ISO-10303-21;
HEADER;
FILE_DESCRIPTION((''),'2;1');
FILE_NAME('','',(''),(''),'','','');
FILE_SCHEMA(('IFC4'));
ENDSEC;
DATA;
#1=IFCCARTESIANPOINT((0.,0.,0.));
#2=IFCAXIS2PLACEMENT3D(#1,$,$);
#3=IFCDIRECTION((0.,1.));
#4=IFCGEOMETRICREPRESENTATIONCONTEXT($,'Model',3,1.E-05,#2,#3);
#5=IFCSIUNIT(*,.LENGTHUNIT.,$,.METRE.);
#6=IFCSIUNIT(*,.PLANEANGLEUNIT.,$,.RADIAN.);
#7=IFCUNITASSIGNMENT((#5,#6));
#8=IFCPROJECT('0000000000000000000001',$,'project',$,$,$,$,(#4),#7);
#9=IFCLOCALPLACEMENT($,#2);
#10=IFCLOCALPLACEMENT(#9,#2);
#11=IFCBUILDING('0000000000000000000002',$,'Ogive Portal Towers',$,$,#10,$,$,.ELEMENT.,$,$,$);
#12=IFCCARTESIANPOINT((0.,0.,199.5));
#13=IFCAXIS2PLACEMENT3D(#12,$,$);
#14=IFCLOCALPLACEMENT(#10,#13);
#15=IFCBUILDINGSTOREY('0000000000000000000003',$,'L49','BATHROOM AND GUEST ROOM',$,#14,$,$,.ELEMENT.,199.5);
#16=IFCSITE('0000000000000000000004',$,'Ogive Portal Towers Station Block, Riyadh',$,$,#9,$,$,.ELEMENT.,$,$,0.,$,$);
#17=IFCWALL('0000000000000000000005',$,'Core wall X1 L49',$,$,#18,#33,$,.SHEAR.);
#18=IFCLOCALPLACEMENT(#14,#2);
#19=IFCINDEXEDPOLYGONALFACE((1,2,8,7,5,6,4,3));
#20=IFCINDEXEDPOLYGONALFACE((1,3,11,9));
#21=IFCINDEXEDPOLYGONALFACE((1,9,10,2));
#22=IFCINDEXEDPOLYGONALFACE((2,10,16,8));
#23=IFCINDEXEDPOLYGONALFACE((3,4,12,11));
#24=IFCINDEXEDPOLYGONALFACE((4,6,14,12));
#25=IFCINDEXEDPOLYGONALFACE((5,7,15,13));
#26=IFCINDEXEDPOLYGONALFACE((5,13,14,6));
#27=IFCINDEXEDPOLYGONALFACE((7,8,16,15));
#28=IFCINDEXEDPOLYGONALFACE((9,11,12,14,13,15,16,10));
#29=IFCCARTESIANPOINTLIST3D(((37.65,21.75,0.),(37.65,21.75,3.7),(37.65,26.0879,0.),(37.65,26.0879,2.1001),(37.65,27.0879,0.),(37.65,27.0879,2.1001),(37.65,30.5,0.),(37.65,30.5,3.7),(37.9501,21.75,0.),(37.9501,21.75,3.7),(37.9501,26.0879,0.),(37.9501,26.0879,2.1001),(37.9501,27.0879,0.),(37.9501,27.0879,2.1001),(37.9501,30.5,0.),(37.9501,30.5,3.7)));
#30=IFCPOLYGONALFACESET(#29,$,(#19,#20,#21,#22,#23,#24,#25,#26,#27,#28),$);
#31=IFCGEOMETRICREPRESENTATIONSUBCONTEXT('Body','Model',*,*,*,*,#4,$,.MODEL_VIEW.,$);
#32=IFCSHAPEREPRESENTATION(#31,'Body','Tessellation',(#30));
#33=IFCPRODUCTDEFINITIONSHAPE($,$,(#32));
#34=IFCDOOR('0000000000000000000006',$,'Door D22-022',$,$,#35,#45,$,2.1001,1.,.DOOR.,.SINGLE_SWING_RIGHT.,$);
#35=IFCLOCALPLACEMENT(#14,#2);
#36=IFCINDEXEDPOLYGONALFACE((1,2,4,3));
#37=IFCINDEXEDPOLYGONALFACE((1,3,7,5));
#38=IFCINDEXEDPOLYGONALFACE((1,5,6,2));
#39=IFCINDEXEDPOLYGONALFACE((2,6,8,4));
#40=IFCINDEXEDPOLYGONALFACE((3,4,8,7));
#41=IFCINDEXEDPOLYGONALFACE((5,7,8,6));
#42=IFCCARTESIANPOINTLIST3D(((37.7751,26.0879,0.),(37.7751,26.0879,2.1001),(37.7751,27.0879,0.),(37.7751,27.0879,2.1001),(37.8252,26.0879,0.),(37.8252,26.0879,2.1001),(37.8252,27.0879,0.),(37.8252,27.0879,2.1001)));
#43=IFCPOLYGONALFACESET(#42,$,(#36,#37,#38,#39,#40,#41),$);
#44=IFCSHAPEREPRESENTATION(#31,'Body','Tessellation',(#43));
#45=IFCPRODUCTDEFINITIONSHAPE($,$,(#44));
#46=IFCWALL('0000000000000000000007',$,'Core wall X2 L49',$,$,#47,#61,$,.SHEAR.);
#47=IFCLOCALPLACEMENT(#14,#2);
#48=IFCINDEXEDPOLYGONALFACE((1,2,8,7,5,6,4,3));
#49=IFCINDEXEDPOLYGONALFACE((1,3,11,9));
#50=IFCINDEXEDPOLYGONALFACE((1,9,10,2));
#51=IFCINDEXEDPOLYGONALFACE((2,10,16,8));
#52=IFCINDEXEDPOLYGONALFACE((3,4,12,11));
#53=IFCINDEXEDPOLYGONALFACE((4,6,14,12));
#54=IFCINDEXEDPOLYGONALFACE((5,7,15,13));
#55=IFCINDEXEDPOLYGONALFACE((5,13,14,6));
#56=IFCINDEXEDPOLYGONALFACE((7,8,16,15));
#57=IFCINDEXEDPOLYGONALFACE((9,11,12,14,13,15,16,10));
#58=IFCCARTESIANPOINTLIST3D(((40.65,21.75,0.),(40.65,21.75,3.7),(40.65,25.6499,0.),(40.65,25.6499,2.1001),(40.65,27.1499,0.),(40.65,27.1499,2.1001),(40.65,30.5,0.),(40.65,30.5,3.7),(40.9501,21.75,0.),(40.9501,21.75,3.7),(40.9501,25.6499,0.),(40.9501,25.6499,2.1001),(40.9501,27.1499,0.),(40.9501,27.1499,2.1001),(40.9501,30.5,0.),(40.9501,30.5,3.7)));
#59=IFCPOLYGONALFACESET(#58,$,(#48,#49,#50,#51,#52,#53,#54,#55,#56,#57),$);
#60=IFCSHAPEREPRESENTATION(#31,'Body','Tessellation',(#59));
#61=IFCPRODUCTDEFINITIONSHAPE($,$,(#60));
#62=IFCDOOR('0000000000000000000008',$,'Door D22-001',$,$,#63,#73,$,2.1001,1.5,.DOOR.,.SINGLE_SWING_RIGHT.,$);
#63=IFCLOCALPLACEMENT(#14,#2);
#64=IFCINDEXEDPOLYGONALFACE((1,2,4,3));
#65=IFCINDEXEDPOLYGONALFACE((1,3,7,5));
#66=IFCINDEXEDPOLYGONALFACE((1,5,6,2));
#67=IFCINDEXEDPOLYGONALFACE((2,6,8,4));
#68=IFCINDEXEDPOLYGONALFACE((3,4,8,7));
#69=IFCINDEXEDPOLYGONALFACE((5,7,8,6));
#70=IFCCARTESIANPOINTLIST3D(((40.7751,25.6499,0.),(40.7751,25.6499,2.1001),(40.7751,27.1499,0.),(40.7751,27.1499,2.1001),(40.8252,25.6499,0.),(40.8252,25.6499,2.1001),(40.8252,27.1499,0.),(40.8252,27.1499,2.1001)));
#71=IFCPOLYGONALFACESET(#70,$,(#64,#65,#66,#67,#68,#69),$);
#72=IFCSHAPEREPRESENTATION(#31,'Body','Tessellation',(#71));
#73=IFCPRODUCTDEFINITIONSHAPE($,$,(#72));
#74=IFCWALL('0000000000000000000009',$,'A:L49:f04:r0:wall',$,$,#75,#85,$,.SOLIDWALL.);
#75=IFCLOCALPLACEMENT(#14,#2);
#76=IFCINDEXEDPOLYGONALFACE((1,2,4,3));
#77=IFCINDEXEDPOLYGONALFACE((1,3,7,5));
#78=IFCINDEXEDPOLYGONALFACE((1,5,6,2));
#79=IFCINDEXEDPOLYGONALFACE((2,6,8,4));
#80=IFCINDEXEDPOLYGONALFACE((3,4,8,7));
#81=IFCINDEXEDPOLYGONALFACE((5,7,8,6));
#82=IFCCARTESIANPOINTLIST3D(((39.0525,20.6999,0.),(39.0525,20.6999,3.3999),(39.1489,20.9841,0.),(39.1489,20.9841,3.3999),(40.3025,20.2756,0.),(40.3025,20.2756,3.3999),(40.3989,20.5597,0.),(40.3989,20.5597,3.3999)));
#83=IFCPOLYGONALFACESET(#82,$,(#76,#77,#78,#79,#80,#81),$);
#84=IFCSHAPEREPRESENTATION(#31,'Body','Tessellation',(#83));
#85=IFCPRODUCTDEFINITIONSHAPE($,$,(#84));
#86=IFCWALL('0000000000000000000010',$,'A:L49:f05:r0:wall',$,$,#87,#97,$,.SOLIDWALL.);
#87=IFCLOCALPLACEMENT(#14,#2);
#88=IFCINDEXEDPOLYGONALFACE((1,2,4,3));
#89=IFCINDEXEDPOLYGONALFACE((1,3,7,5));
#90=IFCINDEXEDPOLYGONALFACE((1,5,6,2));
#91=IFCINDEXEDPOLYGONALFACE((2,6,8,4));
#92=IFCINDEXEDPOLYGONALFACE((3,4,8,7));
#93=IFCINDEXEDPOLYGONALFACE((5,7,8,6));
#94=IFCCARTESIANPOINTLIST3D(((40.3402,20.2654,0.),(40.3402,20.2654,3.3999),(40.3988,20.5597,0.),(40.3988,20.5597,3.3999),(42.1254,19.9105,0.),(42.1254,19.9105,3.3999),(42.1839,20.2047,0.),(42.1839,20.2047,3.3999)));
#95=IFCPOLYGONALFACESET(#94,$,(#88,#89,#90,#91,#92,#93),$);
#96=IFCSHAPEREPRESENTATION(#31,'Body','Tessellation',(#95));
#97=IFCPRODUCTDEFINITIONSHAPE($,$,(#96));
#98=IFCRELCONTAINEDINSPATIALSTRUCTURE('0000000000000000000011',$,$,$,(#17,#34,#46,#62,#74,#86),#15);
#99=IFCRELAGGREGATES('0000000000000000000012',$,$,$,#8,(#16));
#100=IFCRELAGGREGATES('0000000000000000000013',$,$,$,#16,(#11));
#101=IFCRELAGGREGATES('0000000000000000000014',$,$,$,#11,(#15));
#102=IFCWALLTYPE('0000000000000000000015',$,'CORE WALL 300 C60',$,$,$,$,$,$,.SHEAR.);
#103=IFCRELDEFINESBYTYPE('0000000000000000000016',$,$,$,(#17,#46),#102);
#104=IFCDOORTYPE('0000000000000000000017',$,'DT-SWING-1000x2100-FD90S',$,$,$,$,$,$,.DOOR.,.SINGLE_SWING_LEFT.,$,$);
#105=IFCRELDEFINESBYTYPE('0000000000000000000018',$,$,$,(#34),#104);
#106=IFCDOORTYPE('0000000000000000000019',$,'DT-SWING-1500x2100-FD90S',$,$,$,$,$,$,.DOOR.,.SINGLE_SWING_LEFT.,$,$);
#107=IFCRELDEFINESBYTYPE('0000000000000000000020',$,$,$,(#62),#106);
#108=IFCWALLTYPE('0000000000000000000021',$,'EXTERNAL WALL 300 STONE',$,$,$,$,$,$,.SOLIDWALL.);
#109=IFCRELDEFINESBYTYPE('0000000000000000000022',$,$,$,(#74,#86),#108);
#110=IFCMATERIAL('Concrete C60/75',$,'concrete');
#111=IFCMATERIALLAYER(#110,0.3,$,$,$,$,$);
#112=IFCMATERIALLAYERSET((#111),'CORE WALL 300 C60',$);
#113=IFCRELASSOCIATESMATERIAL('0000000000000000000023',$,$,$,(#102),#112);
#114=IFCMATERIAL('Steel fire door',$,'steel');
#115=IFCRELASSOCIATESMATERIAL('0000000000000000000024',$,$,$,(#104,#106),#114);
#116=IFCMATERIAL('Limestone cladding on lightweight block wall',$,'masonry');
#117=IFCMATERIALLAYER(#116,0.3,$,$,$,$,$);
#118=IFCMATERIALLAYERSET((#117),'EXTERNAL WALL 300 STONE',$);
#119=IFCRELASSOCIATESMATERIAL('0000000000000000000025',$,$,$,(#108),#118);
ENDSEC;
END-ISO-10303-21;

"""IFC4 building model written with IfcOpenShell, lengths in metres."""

from ifc_helpers import new_model, si_unit, direction, frame, frame_2d, origin, place, context, subcontext, project, spatial, rectangle, extrude, material, layer, layer_set, type_object, element, fill, save


model = new_model("IFC4")

# Units and contexts
model_context = context("Model", 3, precision=1e-05, world=origin(), true_north=direction((0.0, 1.0)))
body_context = subcontext(model_context, "Body", "Model", "MODEL_VIEW")
ifc_project = project(units=[si_unit("LENGTHUNIT", "METRE"), si_unit("PLANEANGLEUNIT", "RADIAN")], contexts=[model_context])

# Site, building, storey
site_placement = place(None, origin())
site = spatial("IfcSite", under=ifc_project, at=site_placement, Name="Ogive Portal Towers Station Block, Riyadh", CompositionType="ELEMENT", RefElevation=0.0)
building_placement = place(site_placement, origin())
building = spatial("IfcBuilding", under=site, at=building_placement, Name="Ogive Portal Towers", CompositionType="ELEMENT")
storey_placement = place(building_placement, frame((0.0, 0.0, 199.5)))
storey = spatial("IfcBuildingStorey", under=building, at=storey_placement, Name="L49", Description="BATHROOM AND GUEST ROOM", CompositionType="ELEMENT", Elevation=199.5)

# Walls, openings, doors
ifc_material_1 = material(Name="Concrete C60/75", Category="concrete")
ifc_layer_1 = layer(ifc_material_1, 0.3)
ifc_layer_set_1 = layer_set([ifc_layer_1], Name="CORE WALL 300 C60")
wall_type_1 = type_object("IfcWallType", Name="CORE WALL 300 C60", PredefinedType="SHEAR", material=ifc_layer_set_1)
wall_1_placement = place(storey_placement, frame((37.8, 21.75, 0.0), z_axis=(0.0, 0.0, 1.0), x_axis=(0.0, 1.0, 0.0)))
wall_1 = element("IfcWall", 1, at=wall_1_placement, inside=storey, type_object=wall_type_1, Name="Core wall X1 L49", PredefinedType="SHEAR", context=body_context, shape_type="SweptSolid", body=[
    extrude(rectangle(XDim=8.75, YDim=0.3, at=frame_2d((4.375, 0.0))), origin(), (0.0, 0.0, 1.0), 3.7),
])
opening_1_placement = place(wall_1_placement, frame((4.3379, 0.0, 0.0)))
opening_1 = element("IfcOpeningElement", 2, at=opening_1_placement, cuts=wall_1, PredefinedType="OPENING", context=body_context, shape_type="SweptSolid", body=[
    extrude(rectangle(XDim=1.0, YDim=2.1001, at=frame_2d((0.5, 1.05))), frame((0.0, 0.1602, 0.0), z_axis=(0.0, -1.0, 0.0), x_axis=(1.0, 0.0, 0.0)), (0.0, 0.0, 1.0), 0.3201),
])
ifc_material_2 = material(Name="Steel fire door", Category="steel")
door_type_1 = type_object("IfcDoorType", Name="DT-SWING-1000x2100-FD90S", OperationType="SINGLE_SWING_LEFT", PredefinedType="DOOR", material=ifc_material_2)
door_1_placement = place(opening_1_placement, origin())
door_1 = element("IfcDoor", 3, at=door_1_placement, inside=storey, type_object=door_type_1, Name="Door D22-022", OperationType="SINGLE_SWING_RIGHT", OverallHeight=2.1001, OverallWidth=1.0, PredefinedType="DOOR", context=body_context, shape_type="SweptSolid", body=[
    extrude(rectangle(XDim=1.0, YDim=2.1001, at=frame_2d((0.5, 1.05))), frame((0.0, 0.0249, 0.0), z_axis=(0.0, -1.0, 0.0), x_axis=(1.0, 0.0, 0.0)), (0.0, 0.0, 1.0), 0.05),
])
fill(opening_1, door_1)
wall_2_placement = place(storey_placement, frame((40.8, 21.75, 0.0), z_axis=(0.0, 0.0, 1.0), x_axis=(0.0, 1.0, 0.0)))
wall_2 = element("IfcWall", 4, at=wall_2_placement, inside=storey, type_object=wall_type_1, Name="Core wall X2 L49", PredefinedType="SHEAR", context=body_context, shape_type="SweptSolid", body=[
    extrude(rectangle(XDim=8.75, YDim=0.3, at=frame_2d((4.375, 0.0))), origin(), (0.0, 0.0, 1.0), 3.7),
])
opening_2_placement = place(wall_2_placement, frame((3.8999, 0.0, 0.0)))
opening_2 = element("IfcOpeningElement", 5, at=opening_2_placement, cuts=wall_2, PredefinedType="OPENING", context=body_context, shape_type="SweptSolid", body=[
    extrude(rectangle(XDim=1.5, YDim=2.1001, at=frame_2d((0.75, 1.05))), frame((0.0, 0.1602, 0.0), z_axis=(0.0, -1.0, 0.0), x_axis=(1.0, 0.0, 0.0)), (0.0, 0.0, 1.0), 0.3201),
])
door_type_2 = type_object("IfcDoorType", Name="DT-SWING-1500x2100-FD90S", OperationType="SINGLE_SWING_LEFT", PredefinedType="DOOR", material=ifc_material_2)
door_2_placement = place(opening_2_placement, origin())
door_2 = element("IfcDoor", 6, at=door_2_placement, inside=storey, type_object=door_type_2, Name="Door D22-001", OperationType="SINGLE_SWING_RIGHT", OverallHeight=2.1001, OverallWidth=1.5, PredefinedType="DOOR", context=body_context, shape_type="SweptSolid", body=[
    extrude(rectangle(XDim=1.5, YDim=2.1001, at=frame_2d((0.75, 1.05))), frame((0.0, 0.0249, 0.0), z_axis=(0.0, -1.0, 0.0), x_axis=(1.0, 0.0, 0.0)), (0.0, 0.0, 1.0), 0.05),
])
fill(opening_2, door_2)

# Walls
ifc_material_3 = material(Name="Limestone cladding on lightweight block wall", Category="masonry")
ifc_layer_2 = layer(ifc_material_3, 0.3)
ifc_layer_set_2 = layer_set([ifc_layer_2], Name="EXTERNAL WALL 300 STONE")
wall_type_2 = type_object("IfcWallType", Name="EXTERNAL WALL 300 STONE", PredefinedType="SOLIDWALL", material=ifc_layer_set_2)
wall_3_placement = place(storey_placement, frame((39.1006, 20.842, 0.0), z_axis=(0.0, 0.0, 1.0), x_axis=(0.94693, -0.321439, 0.0)))
element("IfcWall", 7, at=wall_3_placement, inside=storey, type_object=wall_type_2, Name="A:L49:f04:r0:wall", PredefinedType="SOLIDWALL", context=body_context, shape_type="SweptSolid", body=[
    extrude(rectangle(XDim=1.3201, YDim=0.3, at=frame_2d((0.6602, 0.0))), origin(), (0.0, 0.0, 1.0), 3.3999),
])
wall_4_placement = place(storey_placement, frame((40.3694, 20.4126, 0.0), z_axis=(0.0, 0.0, 1.0), x_axis=(0.980797, -0.195033, 0.0)))
element("IfcWall", 8, at=wall_4_placement, inside=storey, type_object=wall_type_2, Name="A:L49:f05:r0:wall", PredefinedType="SOLIDWALL", context=body_context, shape_type="SweptSolid", body=[
    extrude(rectangle(XDim=1.8201, YDim=0.3, at=frame_2d((0.9102, 0.0))), origin(), (0.0, 0.0, 1.0), 3.3999),
])

save(model, "model.ifc")
